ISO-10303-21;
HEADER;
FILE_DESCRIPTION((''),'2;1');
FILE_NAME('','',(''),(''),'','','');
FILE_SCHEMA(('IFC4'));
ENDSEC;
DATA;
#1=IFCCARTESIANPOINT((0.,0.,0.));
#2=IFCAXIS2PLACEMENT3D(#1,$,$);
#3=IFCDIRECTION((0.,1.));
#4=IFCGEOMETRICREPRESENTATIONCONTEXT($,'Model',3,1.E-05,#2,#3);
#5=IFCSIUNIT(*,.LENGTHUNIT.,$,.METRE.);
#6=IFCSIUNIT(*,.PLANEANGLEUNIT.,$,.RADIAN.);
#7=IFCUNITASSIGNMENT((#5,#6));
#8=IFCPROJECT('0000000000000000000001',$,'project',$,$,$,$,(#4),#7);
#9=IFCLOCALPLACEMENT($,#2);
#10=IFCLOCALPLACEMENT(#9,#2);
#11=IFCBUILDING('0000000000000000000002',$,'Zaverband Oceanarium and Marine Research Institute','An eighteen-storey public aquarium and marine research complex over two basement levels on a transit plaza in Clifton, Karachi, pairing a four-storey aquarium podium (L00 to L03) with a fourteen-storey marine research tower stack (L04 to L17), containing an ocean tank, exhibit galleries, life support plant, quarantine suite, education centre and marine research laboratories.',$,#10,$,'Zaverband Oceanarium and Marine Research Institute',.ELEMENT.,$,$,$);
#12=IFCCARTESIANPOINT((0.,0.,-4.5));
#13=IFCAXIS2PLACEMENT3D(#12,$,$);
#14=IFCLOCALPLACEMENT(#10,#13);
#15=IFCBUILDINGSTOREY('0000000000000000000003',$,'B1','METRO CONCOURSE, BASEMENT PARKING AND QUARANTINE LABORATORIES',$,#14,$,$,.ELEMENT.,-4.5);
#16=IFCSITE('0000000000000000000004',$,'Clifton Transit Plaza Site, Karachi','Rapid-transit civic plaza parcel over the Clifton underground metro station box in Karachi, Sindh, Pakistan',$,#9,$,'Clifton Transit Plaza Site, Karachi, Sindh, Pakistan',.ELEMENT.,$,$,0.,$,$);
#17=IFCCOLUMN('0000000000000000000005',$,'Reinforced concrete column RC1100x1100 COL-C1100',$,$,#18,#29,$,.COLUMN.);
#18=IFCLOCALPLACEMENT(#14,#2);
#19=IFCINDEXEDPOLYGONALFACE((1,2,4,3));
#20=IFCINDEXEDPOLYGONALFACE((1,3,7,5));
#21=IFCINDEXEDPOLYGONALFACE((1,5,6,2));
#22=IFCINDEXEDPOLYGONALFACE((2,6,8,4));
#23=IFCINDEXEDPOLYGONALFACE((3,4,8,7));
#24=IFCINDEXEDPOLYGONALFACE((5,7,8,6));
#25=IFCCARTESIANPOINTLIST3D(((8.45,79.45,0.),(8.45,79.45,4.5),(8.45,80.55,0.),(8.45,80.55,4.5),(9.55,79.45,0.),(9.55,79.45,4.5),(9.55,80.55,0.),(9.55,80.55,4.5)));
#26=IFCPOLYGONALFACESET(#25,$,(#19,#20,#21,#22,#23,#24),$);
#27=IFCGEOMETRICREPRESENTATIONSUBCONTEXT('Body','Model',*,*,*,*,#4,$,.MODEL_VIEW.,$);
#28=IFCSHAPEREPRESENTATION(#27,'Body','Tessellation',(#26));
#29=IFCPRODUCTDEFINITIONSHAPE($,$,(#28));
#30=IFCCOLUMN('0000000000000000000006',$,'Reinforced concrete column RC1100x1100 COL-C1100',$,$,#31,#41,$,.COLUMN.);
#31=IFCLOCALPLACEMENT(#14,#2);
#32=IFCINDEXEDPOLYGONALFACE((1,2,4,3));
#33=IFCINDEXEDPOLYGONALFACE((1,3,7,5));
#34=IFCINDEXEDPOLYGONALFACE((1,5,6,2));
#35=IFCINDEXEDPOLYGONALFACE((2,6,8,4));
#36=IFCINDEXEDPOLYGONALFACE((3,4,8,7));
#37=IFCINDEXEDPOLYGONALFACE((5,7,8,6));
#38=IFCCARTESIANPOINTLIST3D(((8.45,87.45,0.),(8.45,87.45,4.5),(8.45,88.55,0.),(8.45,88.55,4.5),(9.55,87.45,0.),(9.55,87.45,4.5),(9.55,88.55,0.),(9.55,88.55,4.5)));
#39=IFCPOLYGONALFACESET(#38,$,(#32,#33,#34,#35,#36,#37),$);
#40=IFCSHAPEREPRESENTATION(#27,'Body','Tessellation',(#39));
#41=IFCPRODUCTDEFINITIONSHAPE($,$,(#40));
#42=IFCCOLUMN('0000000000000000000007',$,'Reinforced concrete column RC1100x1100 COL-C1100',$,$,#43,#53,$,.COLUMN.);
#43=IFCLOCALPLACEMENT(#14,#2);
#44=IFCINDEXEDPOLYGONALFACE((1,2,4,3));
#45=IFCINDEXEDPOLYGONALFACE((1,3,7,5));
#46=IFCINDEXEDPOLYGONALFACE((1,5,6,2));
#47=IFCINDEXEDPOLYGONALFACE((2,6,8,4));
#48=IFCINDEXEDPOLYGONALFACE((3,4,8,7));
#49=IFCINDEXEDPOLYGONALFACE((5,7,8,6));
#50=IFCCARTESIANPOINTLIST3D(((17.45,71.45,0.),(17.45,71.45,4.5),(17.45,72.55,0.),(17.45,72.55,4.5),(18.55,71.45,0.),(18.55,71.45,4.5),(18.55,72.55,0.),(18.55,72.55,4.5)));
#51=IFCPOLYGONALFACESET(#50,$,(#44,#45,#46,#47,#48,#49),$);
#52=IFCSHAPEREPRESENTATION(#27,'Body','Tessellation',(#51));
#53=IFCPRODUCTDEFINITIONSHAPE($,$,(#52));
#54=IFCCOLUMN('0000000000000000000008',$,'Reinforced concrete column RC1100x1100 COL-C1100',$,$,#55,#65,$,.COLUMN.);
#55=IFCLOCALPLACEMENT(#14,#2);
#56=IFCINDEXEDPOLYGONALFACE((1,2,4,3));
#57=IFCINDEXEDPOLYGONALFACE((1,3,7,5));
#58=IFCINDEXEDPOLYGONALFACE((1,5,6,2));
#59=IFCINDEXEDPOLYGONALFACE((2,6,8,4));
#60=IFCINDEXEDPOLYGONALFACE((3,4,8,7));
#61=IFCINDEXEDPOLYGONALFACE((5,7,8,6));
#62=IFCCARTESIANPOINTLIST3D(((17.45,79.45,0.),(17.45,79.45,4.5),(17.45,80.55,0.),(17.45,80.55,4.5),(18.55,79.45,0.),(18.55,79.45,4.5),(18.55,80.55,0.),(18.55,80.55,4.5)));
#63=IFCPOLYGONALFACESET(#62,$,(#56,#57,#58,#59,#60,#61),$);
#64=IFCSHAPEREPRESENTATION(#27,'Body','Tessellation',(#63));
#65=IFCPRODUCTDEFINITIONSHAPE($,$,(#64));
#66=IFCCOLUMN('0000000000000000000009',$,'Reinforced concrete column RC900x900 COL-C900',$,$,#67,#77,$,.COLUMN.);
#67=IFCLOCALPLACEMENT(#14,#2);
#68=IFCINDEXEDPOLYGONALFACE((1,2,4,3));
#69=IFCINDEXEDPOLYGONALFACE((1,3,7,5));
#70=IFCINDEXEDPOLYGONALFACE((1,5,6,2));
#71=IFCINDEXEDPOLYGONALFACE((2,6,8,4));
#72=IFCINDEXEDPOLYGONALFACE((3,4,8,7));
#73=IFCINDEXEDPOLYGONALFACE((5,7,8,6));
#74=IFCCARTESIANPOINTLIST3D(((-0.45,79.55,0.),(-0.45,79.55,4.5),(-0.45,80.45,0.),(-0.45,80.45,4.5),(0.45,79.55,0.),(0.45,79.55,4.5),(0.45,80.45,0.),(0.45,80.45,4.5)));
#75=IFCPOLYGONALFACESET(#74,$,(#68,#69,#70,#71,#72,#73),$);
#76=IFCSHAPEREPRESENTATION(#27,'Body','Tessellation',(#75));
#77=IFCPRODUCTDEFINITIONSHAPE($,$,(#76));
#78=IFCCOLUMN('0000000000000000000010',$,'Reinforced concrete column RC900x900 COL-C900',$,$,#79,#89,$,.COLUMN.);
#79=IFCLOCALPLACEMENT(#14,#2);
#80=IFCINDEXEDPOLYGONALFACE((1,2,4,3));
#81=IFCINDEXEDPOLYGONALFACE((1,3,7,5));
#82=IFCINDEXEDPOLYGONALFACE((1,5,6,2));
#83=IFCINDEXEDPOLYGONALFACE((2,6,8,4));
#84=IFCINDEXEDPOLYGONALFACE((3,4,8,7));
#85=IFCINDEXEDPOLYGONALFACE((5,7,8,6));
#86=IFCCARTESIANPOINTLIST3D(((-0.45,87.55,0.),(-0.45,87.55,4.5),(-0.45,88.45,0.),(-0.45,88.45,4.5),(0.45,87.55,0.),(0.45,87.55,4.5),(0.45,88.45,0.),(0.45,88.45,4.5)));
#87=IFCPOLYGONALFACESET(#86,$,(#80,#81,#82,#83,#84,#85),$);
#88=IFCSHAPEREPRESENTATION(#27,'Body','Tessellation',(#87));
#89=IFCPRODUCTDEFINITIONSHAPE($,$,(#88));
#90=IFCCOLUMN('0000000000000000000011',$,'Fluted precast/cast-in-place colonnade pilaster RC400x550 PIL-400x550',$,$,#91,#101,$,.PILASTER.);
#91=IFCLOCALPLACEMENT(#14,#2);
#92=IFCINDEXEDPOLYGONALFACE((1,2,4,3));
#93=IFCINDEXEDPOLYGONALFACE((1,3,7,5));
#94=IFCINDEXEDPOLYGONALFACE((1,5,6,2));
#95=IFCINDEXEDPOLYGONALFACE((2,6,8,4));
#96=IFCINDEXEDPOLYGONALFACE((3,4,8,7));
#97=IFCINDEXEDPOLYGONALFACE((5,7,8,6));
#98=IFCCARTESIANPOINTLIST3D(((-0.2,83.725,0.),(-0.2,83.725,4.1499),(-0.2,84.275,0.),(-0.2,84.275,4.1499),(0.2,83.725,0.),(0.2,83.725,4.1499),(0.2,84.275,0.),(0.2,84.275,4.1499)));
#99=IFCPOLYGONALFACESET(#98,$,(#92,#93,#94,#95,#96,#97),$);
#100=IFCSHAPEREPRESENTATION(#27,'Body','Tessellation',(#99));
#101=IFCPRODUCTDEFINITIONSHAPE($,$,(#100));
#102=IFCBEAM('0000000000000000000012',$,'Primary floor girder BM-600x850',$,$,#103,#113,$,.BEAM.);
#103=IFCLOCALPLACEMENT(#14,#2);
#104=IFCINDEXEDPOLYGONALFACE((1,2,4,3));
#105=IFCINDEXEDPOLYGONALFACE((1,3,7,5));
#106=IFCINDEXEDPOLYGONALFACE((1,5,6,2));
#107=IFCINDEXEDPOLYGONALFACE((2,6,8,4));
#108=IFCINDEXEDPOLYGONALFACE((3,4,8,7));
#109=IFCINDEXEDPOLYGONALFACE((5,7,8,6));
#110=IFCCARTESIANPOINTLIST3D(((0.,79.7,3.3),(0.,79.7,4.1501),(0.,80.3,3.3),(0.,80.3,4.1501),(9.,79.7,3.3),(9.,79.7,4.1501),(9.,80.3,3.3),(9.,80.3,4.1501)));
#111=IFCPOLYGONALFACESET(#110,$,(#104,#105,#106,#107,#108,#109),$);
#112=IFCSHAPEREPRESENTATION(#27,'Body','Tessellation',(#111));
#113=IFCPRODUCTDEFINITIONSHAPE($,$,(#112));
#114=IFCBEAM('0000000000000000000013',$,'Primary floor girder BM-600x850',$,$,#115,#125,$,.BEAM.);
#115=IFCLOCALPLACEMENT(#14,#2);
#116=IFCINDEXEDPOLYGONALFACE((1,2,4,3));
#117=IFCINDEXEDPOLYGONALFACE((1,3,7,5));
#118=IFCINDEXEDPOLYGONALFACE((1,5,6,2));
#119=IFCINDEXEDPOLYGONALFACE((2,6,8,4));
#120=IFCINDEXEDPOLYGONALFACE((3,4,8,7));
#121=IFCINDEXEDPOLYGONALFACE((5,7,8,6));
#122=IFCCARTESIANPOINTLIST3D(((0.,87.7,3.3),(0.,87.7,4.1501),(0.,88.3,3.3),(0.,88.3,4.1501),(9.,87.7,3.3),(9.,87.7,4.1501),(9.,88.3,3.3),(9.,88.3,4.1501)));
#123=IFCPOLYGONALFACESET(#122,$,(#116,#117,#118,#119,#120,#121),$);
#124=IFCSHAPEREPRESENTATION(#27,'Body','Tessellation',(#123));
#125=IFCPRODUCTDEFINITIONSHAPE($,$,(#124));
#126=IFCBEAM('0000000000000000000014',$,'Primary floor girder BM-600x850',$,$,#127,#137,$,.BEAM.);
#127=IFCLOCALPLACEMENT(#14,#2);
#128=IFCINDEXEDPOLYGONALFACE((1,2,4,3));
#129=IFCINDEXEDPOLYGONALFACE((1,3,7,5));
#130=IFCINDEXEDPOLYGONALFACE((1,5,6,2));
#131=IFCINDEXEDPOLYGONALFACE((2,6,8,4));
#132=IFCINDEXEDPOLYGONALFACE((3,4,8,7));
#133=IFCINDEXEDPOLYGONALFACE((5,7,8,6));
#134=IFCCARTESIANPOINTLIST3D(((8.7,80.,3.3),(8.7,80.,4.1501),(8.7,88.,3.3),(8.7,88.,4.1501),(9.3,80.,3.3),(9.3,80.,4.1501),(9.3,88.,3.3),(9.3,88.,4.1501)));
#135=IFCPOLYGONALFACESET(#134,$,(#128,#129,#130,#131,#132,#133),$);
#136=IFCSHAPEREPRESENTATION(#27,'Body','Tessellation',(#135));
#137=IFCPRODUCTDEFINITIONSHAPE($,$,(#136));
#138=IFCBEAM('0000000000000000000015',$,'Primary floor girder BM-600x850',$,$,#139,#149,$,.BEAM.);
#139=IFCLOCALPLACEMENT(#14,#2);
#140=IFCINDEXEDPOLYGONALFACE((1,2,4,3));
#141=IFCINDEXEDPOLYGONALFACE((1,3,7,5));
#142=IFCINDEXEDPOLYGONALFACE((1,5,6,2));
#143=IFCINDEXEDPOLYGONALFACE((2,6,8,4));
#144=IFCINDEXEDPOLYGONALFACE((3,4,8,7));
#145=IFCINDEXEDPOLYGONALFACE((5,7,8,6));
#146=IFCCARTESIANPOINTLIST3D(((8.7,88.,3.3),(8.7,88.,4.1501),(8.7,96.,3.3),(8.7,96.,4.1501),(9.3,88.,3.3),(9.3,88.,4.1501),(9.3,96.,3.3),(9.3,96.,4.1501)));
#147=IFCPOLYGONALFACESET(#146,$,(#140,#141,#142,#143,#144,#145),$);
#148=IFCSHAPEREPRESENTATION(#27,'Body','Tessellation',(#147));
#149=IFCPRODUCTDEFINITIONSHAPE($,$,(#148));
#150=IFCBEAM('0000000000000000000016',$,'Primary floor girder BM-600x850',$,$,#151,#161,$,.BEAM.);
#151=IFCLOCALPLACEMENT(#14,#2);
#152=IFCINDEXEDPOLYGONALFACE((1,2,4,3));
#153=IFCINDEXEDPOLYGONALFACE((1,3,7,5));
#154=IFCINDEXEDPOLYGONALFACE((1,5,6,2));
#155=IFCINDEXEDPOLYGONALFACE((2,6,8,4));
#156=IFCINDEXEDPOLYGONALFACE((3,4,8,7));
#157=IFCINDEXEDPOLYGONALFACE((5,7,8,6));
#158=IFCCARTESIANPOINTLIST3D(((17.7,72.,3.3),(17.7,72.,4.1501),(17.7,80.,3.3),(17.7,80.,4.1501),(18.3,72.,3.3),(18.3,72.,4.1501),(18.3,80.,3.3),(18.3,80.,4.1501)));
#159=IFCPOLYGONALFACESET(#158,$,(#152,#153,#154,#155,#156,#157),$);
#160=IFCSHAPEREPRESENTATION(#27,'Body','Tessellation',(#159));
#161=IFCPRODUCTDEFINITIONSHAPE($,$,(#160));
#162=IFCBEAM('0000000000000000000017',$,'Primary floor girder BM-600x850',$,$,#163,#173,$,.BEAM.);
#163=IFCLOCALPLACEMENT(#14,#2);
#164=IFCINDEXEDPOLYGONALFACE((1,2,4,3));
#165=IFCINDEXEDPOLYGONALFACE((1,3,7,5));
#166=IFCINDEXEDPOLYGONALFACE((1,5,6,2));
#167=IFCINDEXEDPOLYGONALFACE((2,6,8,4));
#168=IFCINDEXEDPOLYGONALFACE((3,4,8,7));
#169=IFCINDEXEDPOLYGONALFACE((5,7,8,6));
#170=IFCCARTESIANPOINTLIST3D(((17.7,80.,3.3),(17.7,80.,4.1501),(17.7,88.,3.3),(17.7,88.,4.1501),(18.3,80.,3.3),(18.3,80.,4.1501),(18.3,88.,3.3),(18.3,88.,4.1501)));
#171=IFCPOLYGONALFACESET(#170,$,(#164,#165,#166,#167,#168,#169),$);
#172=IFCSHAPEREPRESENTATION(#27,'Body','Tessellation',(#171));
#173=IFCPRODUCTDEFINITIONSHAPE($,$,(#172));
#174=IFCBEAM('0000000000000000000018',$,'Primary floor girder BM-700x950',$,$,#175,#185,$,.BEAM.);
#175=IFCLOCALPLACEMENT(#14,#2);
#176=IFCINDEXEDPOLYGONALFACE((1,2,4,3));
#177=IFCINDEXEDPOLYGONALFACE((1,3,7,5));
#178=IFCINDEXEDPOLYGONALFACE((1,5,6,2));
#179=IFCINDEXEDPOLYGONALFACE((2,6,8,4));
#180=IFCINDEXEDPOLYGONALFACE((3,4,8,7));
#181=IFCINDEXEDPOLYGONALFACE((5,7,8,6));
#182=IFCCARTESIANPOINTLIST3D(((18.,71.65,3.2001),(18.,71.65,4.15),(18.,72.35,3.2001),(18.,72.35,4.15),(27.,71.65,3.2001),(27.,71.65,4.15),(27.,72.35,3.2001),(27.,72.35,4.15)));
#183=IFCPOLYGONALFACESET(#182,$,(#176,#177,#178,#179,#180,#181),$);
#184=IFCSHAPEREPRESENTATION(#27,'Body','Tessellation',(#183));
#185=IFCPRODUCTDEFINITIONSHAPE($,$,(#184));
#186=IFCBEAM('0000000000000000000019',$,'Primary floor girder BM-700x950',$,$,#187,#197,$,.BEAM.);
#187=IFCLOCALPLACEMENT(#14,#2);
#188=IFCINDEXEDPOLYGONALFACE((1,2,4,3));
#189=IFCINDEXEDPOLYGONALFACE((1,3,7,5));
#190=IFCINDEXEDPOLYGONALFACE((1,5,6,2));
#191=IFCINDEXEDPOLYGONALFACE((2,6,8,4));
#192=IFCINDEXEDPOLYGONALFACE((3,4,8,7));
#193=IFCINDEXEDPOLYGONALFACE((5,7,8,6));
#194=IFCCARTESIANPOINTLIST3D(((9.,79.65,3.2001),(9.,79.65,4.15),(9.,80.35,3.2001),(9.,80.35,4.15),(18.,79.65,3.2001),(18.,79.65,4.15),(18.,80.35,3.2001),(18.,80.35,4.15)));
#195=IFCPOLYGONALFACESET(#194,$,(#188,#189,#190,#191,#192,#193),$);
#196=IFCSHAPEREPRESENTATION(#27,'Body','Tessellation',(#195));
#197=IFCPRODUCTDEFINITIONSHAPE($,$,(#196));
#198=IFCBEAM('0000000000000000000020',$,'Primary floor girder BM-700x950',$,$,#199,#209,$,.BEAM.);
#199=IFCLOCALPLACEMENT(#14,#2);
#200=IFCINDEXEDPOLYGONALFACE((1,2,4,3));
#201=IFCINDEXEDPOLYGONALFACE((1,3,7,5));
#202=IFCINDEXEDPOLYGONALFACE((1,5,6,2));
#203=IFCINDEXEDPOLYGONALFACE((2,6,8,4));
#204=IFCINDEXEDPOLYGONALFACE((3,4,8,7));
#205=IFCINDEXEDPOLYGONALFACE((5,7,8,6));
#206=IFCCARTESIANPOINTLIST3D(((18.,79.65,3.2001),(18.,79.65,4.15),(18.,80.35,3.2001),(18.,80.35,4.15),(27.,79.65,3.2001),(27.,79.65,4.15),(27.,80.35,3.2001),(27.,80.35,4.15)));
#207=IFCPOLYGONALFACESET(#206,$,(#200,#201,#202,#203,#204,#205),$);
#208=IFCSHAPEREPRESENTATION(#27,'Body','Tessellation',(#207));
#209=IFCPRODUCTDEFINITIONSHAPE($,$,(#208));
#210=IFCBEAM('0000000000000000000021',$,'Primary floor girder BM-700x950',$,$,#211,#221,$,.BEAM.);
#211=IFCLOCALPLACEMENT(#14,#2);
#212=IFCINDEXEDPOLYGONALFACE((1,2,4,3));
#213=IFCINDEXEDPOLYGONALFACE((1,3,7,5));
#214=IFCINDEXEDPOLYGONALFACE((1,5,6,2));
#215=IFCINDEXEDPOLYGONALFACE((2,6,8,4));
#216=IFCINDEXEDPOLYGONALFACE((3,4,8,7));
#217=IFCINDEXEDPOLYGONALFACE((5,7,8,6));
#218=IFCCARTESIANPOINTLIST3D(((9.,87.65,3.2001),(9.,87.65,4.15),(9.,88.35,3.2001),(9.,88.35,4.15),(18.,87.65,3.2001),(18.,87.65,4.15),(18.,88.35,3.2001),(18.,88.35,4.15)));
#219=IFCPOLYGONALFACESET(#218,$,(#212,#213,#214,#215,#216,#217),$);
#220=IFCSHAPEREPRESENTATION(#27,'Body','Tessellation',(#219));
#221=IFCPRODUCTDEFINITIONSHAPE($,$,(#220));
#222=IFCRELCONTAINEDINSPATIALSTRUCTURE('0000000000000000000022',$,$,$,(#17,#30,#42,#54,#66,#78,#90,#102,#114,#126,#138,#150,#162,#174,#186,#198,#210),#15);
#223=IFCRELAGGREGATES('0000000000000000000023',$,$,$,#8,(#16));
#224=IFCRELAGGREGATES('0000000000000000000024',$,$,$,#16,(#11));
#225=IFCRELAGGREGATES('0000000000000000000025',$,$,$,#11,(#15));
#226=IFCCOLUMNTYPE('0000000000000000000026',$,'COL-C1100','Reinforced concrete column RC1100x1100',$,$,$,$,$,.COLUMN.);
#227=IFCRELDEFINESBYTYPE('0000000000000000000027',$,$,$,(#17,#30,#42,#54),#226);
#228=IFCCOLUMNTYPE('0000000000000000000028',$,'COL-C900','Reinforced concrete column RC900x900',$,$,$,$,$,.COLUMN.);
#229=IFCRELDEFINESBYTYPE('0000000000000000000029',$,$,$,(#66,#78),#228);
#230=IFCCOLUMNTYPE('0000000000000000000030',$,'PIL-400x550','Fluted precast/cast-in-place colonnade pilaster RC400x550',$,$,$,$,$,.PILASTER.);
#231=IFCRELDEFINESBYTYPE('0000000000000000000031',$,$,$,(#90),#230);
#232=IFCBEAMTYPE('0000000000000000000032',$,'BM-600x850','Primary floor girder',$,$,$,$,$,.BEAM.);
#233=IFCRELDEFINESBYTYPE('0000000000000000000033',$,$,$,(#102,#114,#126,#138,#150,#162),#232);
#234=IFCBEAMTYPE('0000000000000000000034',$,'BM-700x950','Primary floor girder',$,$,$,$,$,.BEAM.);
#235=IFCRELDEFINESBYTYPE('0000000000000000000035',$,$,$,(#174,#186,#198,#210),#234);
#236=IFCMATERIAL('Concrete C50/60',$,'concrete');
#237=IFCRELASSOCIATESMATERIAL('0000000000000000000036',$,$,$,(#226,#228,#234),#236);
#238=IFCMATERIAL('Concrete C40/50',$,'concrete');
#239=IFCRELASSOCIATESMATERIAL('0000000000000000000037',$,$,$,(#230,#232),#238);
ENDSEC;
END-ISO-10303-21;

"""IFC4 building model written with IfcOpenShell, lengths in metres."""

from ifc_helpers import new_model, si_unit, direction, frame, origin, origin_2d, place, context, subcontext, project, spatial, rectangle, extrude, material, material_profile, profile_set, type_object, element, save


model = new_model("IFC4")

# Units and contexts
model_context = context("Model", 3, precision=1e-05, world=origin(), true_north=direction((0.0, 1.0)))
body_context = subcontext(model_context, "Body", "Model", "MODEL_VIEW")
ifc_project = project(units=[si_unit("LENGTHUNIT", "METRE"), si_unit("PLANEANGLEUNIT", "RADIAN")], contexts=[model_context])

# Site, building, storey
site_placement = place(None, origin())
site = spatial("IfcSite", under=ifc_project, at=site_placement, Name="Clifton Transit Plaza Site, Karachi", Description="Rapid-transit civic plaza parcel over the Clifton underground metro station box in Karachi, Sindh, Pakistan", LongName="Clifton Transit Plaza Site, Karachi, Sindh, Pakistan", CompositionType="ELEMENT", RefElevation=0.0)
building_placement = place(site_placement, origin())
building = spatial("IfcBuilding", under=site, at=building_placement, Name="Zaverband Oceanarium and Marine Research Institute", Description="An eighteen-storey public aquarium and marine research complex over two basement levels on a transit plaza in Clifton, Karachi, pairing a four-storey aquarium podium (L00 to L03) with a fourteen-storey marine research tower stack (L04 to L17), containing an ocean tank, exhibit galleries, life support plant, quarantine suite, education centre and marine research laboratories.", LongName="Zaverband Oceanarium and Marine Research Institute", CompositionType="ELEMENT")
storey_placement = place(building_placement, frame((0.0, 0.0, -4.5)))
storey = spatial("IfcBuildingStorey", under=building, at=storey_placement, Name="B1", Description="METRO CONCOURSE, BASEMENT PARKING AND QUARANTINE LABORATORIES", CompositionType="ELEMENT", Elevation=-4.5)

# Columns
ifc_material_1 = material(Name="Concrete C50/60", Category="concrete")
ifc_material_profile_1 = material_profile(ifc_material_1, rectangle(XDim=1.1001, YDim=1.1001, at=origin_2d()), Name="RC1100x1100")
ifc_profile_set_1 = profile_set([ifc_material_profile_1], Name="Concrete C50/60")
column_type_1 = type_object("IfcColumnType", Name="COL-C1100", Description="Reinforced concrete column RC1100x1100", PredefinedType="COLUMN", material=ifc_profile_set_1)
for number, where, z_axis, x_axis, name in (
    (1, (9.0, 80.0, 0.0), (0.0, 0.0, 1.0), (1.0, 0.0, 0.0), "Reinforced concrete column RC1100x1100 COL-C1100"),
    (2, (9.0, 88.0, 0.0), (0.0, 0.0, 1.0), (1.0, 0.0, 0.0), "Reinforced concrete column RC1100x1100 COL-C1100"),
    (3, (18.0, 72.0, 0.0), (0.0, 0.0, 1.0), (1.0, 0.0, 0.0), "Reinforced concrete column RC1100x1100 COL-C1100"),
    (4, (18.0, 80.0, 0.0), (0.0, 0.0, 1.0), (1.0, 0.0, 0.0), "Reinforced concrete column RC1100x1100 COL-C1100"),
):
    element("IfcColumn", number, at=place(storey_placement, frame(where, z_axis=z_axis, x_axis=x_axis)), inside=storey, type_object=column_type_1, Name=name, PredefinedType="COLUMN", context=body_context, shape_type="SweptSolid", body=[
        extrude(rectangle(XDim=1.1001, YDim=1.1001, at=origin_2d()), origin(), (0.0, 0.0, 1.0), 4.5),
    ])
ifc_material_profile_2 = material_profile(ifc_material_1, rectangle(XDim=0.8999, YDim=0.8999, at=origin_2d()), Name="RC900x900")
ifc_profile_set_2 = profile_set([ifc_material_profile_2], Name="Concrete C50/60")
column_type_2 = type_object("IfcColumnType", Name="COL-C900", Description="Reinforced concrete column RC900x900", PredefinedType="COLUMN", material=ifc_profile_set_2)
for number, where, z_axis, x_axis, name in (
    (5, (0.0, 80.0, 0.0), (0.0, 0.0, 1.0), (1.0, 0.0, 0.0), "Reinforced concrete column RC900x900 COL-C900"),
    (6, (0.0, 88.0, 0.0), (0.0, 0.0, 1.0), (1.0, 0.0, 0.0), "Reinforced concrete column RC900x900 COL-C900"),
):
    element("IfcColumn", number, at=place(storey_placement, frame(where, z_axis=z_axis, x_axis=x_axis)), inside=storey, type_object=column_type_2, Name=name, PredefinedType="COLUMN", context=body_context, shape_type="SweptSolid", body=[
        extrude(rectangle(XDim=0.8999, YDim=0.8999, at=origin_2d()), origin(), (0.0, 0.0, 1.0), 4.5),
    ])
ifc_material_2 = material(Name="Concrete C40/50", Category="concrete")
ifc_material_profile_3 = material_profile(ifc_material_2, rectangle(XDim=0.3999, YDim=0.55, at=origin_2d()), Name="RC400x550")
ifc_profile_set_3 = profile_set([ifc_material_profile_3], Name="Concrete C40/50")
column_type_3 = type_object("IfcColumnType", Name="PIL-400x550", Description="Fluted precast/cast-in-place colonnade pilaster RC400x550", PredefinedType="PILASTER", material=ifc_profile_set_3)
column_placement = place(storey_placement, frame((0.0, 84.0, 0.0), z_axis=(0.0, 0.0, 1.0), x_axis=(1.0, 0.0, 0.0)))
element("IfcColumn", 7, at=column_placement, inside=storey, type_object=column_type_3, Name="Fluted precast/cast-in-place colonnade pilaster RC400x550 PIL-400x550", PredefinedType="PILASTER", context=body_context, shape_type="SweptSolid", body=[
    extrude(rectangle(XDim=0.3999, YDim=0.55, at=origin_2d()), origin(), (0.0, 0.0, 1.0), 4.1499),
])

# Beams
ifc_material_profile_4 = material_profile(ifc_material_2, rectangle(XDim=0.6001, YDim=0.8501, at=origin_2d()), Name="RC600x850")
ifc_profile_set_4 = profile_set([ifc_material_profile_4], Name="Concrete C40/50")
beam_type_1 = type_object("IfcBeamType", Name="BM-600x850", Description="Primary floor girder", PredefinedType="BEAM", material=ifc_profile_set_4)
for number, where, z_axis, x_axis, name in (
    (8, (0.0, 80.0, 3.7251), (1.0, 0.0, 0.0), (0.0, 1.0, 0.0), "Primary floor girder BM-600x850"),
    (9, (0.0, 88.0, 3.7251), (1.0, 0.0, 0.0), (0.0, 1.0, 0.0), "Primary floor girder BM-600x850"),
):
    element("IfcBeam", number, at=place(storey_placement, frame(where, z_axis=z_axis, x_axis=x_axis)), inside=storey, type_object=beam_type_1, Name=name, PredefinedType="BEAM", context=body_context, shape_type="SweptSolid", body=[
        extrude(rectangle(XDim=0.6001, YDim=0.8501, at=origin_2d()), origin(), (0.0, 0.0, 1.0), 9.0),
    ])
for number, where, z_axis, x_axis, name in (
    (10, (9.0, 80.0, 3.7251), (0.0, 1.0, 0.0), (-1.0, 0.0, 0.0), "Primary floor girder BM-600x850"),
    (11, (9.0, 88.0, 3.7251), (0.0, 1.0, 0.0), (-1.0, 0.0, 0.0), "Primary floor girder BM-600x850"),
    (12, (18.0, 72.0, 3.7251), (0.0, 1.0, 0.0), (-1.0, 0.0, 0.0), "Primary floor girder BM-600x850"),
    (13, (18.0, 80.0, 3.7251), (0.0, 1.0, 0.0), (-1.0, 0.0, 0.0), "Primary floor girder BM-600x850"),
):
    element("IfcBeam", number, at=place(storey_placement, frame(where, z_axis=z_axis, x_axis=x_axis)), inside=storey, type_object=beam_type_1, Name=name, PredefinedType="BEAM", context=body_context, shape_type="SweptSolid", body=[
        extrude(rectangle(XDim=0.6001, YDim=0.8501, at=origin_2d()), origin(), (0.0, 0.0, 1.0), 8.0),
    ])
ifc_material_profile_5 = material_profile(ifc_material_1, rectangle(XDim=0.7, YDim=0.95, at=origin_2d()), Name="RC700x950")
ifc_profile_set_5 = profile_set([ifc_material_profile_5], Name="Concrete C50/60")
beam_type_2 = type_object("IfcBeamType", Name="BM-700x950", Description="Primary floor girder", PredefinedType="BEAM", material=ifc_profile_set_5)
for number, where, z_axis, x_axis, name in (
    (14, (18.0, 72.0, 3.675), (1.0, 0.0, 0.0), (0.0, 1.0, 0.0), "Primary floor girder BM-700x950"),
    (15, (9.0, 80.0, 3.675), (1.0, 0.0, 0.0), (0.0, 1.0, 0.0), "Primary floor girder BM-700x950"),
    (16, (18.0, 80.0, 3.675), (1.0, 0.0, 0.0), (0.0, 1.0, 0.0), "Primary floor girder BM-700x950"),
    (17, (9.0, 88.0, 3.675), (1.0, 0.0, 0.0), (0.0, 1.0, 0.0), "Primary floor girder BM-700x950"),
):
    element("IfcBeam", number, at=place(storey_placement, frame(where, z_axis=z_axis, x_axis=x_axis)), inside=storey, type_object=beam_type_2, Name=name, PredefinedType="BEAM", context=body_context, shape_type="SweptSolid", body=[
        extrude(rectangle(XDim=0.7, YDim=0.95, at=origin_2d()), origin(), (0.0, 0.0, 1.0), 9.0),
    ])

save(model, "model.ifc")
